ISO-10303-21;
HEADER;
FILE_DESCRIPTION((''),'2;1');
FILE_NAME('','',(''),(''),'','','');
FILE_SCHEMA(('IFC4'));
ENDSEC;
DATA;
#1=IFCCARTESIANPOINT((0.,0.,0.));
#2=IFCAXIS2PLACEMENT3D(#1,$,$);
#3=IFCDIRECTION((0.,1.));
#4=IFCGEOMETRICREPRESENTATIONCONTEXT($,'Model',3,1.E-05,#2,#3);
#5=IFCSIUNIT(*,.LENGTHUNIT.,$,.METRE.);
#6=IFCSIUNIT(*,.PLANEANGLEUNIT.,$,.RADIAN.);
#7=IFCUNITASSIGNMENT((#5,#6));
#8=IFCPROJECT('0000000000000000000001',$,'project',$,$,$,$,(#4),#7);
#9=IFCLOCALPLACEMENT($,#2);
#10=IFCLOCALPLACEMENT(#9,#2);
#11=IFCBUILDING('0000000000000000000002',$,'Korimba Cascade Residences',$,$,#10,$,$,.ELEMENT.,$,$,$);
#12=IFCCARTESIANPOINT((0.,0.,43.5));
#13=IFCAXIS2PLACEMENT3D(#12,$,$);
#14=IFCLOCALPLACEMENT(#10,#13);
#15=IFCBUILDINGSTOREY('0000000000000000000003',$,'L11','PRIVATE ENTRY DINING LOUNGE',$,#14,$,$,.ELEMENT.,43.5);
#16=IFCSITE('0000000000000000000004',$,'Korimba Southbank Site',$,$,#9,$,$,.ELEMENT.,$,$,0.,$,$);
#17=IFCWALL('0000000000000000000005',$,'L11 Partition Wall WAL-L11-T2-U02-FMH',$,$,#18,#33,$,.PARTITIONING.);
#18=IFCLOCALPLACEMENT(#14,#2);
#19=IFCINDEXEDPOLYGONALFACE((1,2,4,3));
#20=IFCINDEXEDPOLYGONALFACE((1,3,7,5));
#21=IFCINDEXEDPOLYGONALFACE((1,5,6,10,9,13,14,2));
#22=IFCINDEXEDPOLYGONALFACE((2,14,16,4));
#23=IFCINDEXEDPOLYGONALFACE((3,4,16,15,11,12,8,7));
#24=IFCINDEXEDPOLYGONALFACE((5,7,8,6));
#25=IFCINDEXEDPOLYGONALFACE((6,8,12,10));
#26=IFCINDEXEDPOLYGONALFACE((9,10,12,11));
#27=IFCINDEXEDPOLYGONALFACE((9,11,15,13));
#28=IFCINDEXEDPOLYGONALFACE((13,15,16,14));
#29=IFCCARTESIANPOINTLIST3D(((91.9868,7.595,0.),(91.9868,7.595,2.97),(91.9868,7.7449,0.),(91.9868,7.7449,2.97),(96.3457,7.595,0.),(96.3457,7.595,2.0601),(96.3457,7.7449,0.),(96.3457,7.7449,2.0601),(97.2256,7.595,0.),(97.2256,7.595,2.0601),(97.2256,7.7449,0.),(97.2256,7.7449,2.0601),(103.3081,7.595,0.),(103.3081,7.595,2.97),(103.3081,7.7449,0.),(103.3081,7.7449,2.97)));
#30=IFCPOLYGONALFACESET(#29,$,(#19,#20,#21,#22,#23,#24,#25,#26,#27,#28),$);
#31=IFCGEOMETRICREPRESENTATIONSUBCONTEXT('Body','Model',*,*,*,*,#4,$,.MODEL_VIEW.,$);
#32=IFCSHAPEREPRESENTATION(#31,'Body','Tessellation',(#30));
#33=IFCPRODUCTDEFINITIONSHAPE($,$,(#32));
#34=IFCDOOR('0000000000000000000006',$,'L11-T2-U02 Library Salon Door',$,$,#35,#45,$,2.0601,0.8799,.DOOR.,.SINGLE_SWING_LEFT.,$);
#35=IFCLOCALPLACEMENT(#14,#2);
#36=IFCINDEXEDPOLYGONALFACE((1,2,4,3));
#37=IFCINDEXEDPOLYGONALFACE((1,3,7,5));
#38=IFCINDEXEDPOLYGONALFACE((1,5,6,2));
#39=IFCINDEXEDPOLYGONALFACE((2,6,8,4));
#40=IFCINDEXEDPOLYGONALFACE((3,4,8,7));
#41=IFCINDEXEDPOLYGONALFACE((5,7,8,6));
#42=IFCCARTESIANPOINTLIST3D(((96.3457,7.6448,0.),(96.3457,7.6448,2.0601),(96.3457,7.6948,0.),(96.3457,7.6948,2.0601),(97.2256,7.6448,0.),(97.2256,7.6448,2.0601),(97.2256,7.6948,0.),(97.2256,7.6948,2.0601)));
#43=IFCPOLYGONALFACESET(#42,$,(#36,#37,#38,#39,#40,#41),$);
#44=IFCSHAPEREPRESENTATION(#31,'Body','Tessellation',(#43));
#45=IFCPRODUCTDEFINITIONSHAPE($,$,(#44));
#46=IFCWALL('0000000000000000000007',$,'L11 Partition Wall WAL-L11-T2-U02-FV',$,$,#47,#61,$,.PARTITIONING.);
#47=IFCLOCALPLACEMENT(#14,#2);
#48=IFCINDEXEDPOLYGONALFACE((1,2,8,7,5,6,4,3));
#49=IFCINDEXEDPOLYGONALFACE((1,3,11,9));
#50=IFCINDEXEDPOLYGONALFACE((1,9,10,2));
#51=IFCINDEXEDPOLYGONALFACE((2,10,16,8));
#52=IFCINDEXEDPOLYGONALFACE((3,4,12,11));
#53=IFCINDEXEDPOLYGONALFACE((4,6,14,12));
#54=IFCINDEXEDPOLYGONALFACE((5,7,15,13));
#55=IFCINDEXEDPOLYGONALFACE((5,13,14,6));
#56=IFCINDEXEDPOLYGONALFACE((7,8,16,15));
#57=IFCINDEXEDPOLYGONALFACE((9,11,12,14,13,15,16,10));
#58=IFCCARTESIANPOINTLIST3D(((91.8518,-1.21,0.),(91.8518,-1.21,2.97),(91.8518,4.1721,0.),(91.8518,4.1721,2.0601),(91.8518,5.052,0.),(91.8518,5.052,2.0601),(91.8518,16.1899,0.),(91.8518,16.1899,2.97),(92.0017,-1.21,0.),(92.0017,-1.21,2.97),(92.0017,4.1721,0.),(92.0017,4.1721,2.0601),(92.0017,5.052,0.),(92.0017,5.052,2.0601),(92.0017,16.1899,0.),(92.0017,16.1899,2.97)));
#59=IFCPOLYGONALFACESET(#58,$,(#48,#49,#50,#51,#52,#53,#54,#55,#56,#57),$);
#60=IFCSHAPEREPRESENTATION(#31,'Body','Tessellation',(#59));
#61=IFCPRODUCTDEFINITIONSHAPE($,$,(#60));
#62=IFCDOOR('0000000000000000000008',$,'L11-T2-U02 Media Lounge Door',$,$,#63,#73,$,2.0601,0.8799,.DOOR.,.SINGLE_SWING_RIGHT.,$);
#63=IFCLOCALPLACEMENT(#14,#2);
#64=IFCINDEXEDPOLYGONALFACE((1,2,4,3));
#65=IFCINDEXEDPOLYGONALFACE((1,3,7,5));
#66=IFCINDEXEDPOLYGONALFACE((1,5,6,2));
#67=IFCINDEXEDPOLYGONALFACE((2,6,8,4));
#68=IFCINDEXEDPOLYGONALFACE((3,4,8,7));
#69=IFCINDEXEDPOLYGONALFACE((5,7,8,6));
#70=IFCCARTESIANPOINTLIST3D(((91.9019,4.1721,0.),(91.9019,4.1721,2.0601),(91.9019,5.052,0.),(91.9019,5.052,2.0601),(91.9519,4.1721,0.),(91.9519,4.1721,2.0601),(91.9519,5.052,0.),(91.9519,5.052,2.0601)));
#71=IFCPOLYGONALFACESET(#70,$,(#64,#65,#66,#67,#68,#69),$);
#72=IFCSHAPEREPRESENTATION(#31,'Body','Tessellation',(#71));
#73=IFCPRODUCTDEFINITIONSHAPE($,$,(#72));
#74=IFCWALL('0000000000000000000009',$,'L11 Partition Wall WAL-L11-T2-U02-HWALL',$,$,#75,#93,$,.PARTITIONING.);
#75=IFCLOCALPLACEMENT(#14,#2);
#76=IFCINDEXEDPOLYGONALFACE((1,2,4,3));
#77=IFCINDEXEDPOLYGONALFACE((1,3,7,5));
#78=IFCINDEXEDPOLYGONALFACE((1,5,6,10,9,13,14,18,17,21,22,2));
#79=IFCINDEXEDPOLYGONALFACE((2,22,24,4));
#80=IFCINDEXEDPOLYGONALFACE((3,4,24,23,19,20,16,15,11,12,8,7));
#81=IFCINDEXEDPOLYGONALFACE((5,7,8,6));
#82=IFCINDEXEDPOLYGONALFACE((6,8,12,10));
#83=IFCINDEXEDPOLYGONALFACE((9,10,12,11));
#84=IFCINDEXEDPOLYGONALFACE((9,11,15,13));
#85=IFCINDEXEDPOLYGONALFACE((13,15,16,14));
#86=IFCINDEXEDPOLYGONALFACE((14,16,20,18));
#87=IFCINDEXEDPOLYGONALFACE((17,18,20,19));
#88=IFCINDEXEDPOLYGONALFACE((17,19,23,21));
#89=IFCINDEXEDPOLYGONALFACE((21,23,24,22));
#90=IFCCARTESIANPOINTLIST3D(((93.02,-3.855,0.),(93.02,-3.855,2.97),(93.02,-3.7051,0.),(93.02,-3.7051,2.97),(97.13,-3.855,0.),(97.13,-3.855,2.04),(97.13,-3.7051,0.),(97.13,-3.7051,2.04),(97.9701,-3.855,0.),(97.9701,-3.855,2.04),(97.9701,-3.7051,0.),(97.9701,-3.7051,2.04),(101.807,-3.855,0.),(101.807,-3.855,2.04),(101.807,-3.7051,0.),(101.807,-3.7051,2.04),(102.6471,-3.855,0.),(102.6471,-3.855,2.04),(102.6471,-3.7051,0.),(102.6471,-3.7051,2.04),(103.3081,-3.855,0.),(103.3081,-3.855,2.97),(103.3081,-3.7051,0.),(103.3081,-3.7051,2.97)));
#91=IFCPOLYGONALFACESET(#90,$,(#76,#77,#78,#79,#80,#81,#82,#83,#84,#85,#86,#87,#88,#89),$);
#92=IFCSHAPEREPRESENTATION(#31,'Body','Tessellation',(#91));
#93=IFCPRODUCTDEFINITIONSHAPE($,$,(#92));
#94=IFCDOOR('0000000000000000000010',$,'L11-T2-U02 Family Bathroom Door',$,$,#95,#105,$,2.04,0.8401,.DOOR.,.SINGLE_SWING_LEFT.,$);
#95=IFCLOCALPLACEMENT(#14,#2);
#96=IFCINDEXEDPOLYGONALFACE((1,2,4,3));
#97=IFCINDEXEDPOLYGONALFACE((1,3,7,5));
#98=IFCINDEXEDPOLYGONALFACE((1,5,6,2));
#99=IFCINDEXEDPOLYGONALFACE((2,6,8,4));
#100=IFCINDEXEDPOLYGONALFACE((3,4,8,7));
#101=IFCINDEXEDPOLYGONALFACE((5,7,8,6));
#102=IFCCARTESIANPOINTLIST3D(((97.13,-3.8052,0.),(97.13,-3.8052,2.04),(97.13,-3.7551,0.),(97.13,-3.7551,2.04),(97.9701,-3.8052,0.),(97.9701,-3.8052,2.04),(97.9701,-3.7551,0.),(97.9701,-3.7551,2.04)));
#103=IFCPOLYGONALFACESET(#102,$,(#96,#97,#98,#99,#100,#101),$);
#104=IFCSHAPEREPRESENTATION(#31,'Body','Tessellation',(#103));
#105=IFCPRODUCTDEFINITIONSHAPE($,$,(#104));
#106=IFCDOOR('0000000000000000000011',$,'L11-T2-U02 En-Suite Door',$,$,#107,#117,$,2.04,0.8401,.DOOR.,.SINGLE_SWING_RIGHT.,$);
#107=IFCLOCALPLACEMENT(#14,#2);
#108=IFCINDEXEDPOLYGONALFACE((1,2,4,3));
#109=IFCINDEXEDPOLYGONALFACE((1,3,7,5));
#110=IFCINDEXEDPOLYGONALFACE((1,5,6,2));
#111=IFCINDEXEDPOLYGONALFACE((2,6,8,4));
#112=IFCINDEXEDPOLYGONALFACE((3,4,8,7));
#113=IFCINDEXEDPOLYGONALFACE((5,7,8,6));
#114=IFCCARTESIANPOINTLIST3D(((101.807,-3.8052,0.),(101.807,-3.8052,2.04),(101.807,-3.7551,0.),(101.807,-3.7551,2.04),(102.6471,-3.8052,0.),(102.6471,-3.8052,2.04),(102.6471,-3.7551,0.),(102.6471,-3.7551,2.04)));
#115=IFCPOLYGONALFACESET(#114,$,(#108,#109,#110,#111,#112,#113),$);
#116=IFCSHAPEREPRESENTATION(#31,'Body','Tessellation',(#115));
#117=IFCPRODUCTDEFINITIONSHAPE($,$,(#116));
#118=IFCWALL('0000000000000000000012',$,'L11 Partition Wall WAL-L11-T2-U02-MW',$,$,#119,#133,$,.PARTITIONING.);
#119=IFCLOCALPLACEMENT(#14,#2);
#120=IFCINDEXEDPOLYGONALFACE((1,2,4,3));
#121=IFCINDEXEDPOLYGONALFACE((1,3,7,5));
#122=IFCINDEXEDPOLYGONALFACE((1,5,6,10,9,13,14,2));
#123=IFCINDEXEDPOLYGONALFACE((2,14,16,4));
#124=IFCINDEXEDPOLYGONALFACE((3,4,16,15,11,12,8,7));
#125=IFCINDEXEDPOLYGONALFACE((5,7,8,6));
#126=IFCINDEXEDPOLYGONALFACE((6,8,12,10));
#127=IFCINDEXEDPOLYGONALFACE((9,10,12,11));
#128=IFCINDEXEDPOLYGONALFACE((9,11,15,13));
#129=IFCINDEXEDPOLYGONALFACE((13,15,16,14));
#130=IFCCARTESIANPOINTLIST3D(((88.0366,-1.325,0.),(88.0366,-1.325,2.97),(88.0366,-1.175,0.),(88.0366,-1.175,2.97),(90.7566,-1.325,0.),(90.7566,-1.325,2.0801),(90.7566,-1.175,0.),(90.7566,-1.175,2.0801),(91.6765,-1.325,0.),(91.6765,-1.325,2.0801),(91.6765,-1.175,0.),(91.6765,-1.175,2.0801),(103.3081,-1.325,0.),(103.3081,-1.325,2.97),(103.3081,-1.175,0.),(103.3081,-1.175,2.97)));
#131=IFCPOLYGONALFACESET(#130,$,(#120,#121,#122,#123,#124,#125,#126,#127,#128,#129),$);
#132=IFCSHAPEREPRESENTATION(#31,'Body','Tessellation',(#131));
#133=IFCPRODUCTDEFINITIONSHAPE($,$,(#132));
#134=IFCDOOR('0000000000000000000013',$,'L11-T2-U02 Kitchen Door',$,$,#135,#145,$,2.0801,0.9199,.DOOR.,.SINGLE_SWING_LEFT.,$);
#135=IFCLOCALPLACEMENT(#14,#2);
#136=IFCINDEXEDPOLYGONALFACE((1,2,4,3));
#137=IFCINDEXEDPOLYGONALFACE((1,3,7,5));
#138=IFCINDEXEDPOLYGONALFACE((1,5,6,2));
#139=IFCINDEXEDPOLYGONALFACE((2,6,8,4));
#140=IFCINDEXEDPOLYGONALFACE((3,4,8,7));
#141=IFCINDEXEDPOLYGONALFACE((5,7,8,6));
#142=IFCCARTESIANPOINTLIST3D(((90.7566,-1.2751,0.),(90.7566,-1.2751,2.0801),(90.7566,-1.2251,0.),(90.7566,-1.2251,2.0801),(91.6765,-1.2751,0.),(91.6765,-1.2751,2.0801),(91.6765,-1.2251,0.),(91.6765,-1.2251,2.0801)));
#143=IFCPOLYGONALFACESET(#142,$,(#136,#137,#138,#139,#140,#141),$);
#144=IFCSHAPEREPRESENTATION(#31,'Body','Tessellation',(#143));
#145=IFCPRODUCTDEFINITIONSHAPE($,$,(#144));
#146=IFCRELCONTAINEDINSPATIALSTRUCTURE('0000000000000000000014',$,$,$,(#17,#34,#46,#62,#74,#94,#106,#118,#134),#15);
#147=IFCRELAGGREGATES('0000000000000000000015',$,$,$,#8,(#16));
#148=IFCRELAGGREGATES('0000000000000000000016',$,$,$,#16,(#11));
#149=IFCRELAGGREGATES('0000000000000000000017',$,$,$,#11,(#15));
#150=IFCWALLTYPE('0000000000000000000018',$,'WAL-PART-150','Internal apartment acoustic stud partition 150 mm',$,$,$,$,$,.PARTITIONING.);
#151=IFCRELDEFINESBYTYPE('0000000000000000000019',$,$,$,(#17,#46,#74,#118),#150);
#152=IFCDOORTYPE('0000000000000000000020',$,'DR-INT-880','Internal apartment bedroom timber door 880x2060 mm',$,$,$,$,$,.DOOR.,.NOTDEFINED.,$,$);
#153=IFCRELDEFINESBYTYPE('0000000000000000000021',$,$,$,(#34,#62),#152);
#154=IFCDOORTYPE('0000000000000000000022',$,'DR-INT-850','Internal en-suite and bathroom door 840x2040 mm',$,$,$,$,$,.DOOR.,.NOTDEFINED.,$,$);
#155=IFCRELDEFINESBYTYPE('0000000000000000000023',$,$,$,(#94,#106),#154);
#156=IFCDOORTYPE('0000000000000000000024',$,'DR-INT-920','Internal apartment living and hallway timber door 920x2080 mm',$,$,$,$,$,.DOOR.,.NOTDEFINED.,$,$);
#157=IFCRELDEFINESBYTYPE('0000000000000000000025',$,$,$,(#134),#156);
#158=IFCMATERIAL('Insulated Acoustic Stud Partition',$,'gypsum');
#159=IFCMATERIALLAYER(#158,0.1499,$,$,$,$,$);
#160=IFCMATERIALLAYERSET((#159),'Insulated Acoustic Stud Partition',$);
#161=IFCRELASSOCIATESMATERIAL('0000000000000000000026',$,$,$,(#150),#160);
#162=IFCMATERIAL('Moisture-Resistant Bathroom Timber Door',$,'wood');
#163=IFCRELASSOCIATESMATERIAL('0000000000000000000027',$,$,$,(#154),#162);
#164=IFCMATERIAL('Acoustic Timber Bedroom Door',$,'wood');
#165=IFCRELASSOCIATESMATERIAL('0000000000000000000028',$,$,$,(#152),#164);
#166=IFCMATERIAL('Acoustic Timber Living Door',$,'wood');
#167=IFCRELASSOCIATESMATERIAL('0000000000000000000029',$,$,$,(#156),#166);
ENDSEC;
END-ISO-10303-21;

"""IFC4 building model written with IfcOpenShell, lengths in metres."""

from ifc_helpers import new_model, si_unit, direction, frame, frame_2d, origin, place, context, subcontext, project, spatial, rectangle, extrude, material, layer, layer_set, type_object, element, fill, save


model = new_model("IFC4")

# Units and contexts
model_context = context("Model", 3, precision=1e-05, world=origin(), true_north=direction((0.0, 1.0)))
body_context = subcontext(model_context, "Body", "Model", "MODEL_VIEW")
ifc_project = project(units=[si_unit("LENGTHUNIT", "METRE"), si_unit("PLANEANGLEUNIT", "RADIAN")], contexts=[model_context])

# Site, building, storey
site_placement = place(None, origin())
site = spatial("IfcSite", under=ifc_project, at=site_placement, Name="Korimba Southbank Site", CompositionType="ELEMENT", RefElevation=0.0)
building_placement = place(site_placement, origin())
building = spatial("IfcBuilding", under=site, at=building_placement, Name="Korimba Cascade Residences", CompositionType="ELEMENT")
storey_placement = place(building_placement, frame((0.0, 0.0, 43.5)))
storey = spatial("IfcBuildingStorey", under=building, at=storey_placement, Name="L11", Description="PRIVATE ENTRY DINING LOUNGE", CompositionType="ELEMENT", Elevation=43.5)

# Shared definitions
ifc_material_1 = material(Name="Insulated Acoustic Stud Partition", Category="gypsum")
ifc_layer = layer(ifc_material_1, 0.1499)
ifc_layer_set = layer_set([ifc_layer], Name="Insulated Acoustic Stud Partition")
wall_type = type_object("IfcWallType", Name="WAL-PART-150", Description="Internal apartment acoustic stud partition 150 mm", PredefinedType="PARTITIONING", material=ifc_layer_set)
ifc_material_2 = material(Name="Moisture-Resistant Bathroom Timber Door", Category="wood")
door_type_1 = type_object("IfcDoorType", Name="DR-INT-850", Description="Internal en-suite and bathroom door 840x2040 mm", OperationType="NOTDEFINED", PredefinedType="DOOR", material=ifc_material_2)
ifc_material_3 = material(Name="Acoustic Timber Bedroom Door", Category="wood")
door_type_2 = type_object("IfcDoorType", Name="DR-INT-880", Description="Internal apartment bedroom timber door 880x2060 mm", OperationType="NOTDEFINED", PredefinedType="DOOR", material=ifc_material_3)

# Walls, openings, doors
wall_1_placement = place(storey_placement, frame((91.9868, 7.6699, 0.0), z_axis=(0.0, 0.0, 1.0), x_axis=(1.0, 0.0, 0.0)))
wall_1 = element("IfcWall", 1, at=wall_1_placement, inside=storey, type_object=wall_type, Name="L11 Partition Wall WAL-L11-T2-U02-FMH", PredefinedType="PARTITIONING", context=body_context, shape_type="SweptSolid", body=[
    extrude(rectangle(XDim=11.3213, YDim=0.1499, at=frame_2d((5.6606, 0.0))), origin(), (0.0, 0.0, 1.0), 2.97),
])
opening_1_placement = place(wall_1_placement, frame((4.3589, 0.0, 0.0)))
opening_1 = element("IfcOpeningElement", 2, at=opening_1_placement, cuts=wall_1, PredefinedType="OPENING", context=body_context, shape_type="SweptSolid", body=[
    extrude(rectangle(XDim=0.8799, YDim=2.0601, at=frame_2d((0.4399, 1.03))), frame((0.0, 0.085, 0.0), z_axis=(0.0, -1.0, 0.0), x_axis=(1.0, 0.0, 0.0)), (0.0, 0.0, 1.0), 0.1699),
])
door_1_placement = place(opening_1_placement, origin())
door_1 = element("IfcDoor", 3, at=door_1_placement, inside=storey, type_object=door_type_2, Name="L11-T2-U02 Library Salon Door", OperationType="SINGLE_SWING_LEFT", OverallHeight=2.0601, OverallWidth=0.8799, PredefinedType="DOOR", context=body_context, shape_type="SweptSolid", body=[
    extrude(rectangle(XDim=0.8799, YDim=2.0601, at=frame_2d((0.4399, 1.03))), frame((0.0, 0.0249, 0.0), z_axis=(0.0, -1.0, 0.0), x_axis=(1.0, 0.0, 0.0)), (0.0, 0.0, 1.0), 0.05),
])
fill(opening_1, door_1)
wall_2_placement = place(storey_placement, frame((91.9268, -1.21, 0.0), z_axis=(0.0, 0.0, 1.0), x_axis=(0.0, 1.0, 0.0)))
wall_2 = element("IfcWall", 4, at=wall_2_placement, inside=storey, type_object=wall_type, Name="L11 Partition Wall WAL-L11-T2-U02-FV", PredefinedType="PARTITIONING", context=body_context, shape_type="SweptSolid", body=[
    extrude(rectangle(XDim=17.3999, YDim=0.1499, at=frame_2d((8.7, 0.0))), origin(), (0.0, 0.0, 1.0), 2.97),
])
opening_2_placement = place(wall_2_placement, frame((5.3821, 0.0, 0.0)))
opening_2 = element("IfcOpeningElement", 5, at=opening_2_placement, cuts=wall_2, PredefinedType="OPENING", context=body_context, shape_type="SweptSolid", body=[
    extrude(rectangle(XDim=0.8799, YDim=2.0601, at=frame_2d((0.4399, 1.03))), frame((0.0, 0.085, 0.0), z_axis=(0.0, -1.0, 0.0), x_axis=(1.0, 0.0, 0.0)), (0.0, 0.0, 1.0), 0.1699),
])
door_2_placement = place(opening_2_placement, origin())
door_2 = element("IfcDoor", 6, at=door_2_placement, inside=storey, type_object=door_type_2, Name="L11-T2-U02 Media Lounge Door", OperationType="SINGLE_SWING_RIGHT", OverallHeight=2.0601, OverallWidth=0.8799, PredefinedType="DOOR", context=body_context, shape_type="SweptSolid", body=[
    extrude(rectangle(XDim=0.8799, YDim=2.0601, at=frame_2d((0.4399, 1.03))), frame((0.0, 0.0249, 0.0), z_axis=(0.0, -1.0, 0.0), x_axis=(1.0, 0.0, 0.0)), (0.0, 0.0, 1.0), 0.05),
])
fill(opening_2, door_2)

# Wall, openings, doors
wall_3_placement = place(storey_placement, frame((93.02, -3.78, 0.0), z_axis=(0.0, 0.0, 1.0), x_axis=(1.0, 0.0, 0.0)))
wall_3 = element("IfcWall", 7, at=wall_3_placement, inside=storey, type_object=wall_type, Name="L11 Partition Wall WAL-L11-T2-U02-HWALL", PredefinedType="PARTITIONING", context=body_context, shape_type="SweptSolid", body=[
    extrude(rectangle(XDim=10.2881, YDim=0.1499, at=frame_2d((5.144, 0.0))), origin(), (0.0, 0.0, 1.0), 2.97),
])
opening_3_placement = place(wall_3_placement, frame((4.1101, 0.0, 0.0)))
opening_3 = element("IfcOpeningElement", 8, at=opening_3_placement, cuts=wall_3, PredefinedType="OPENING", context=body_context, shape_type="SweptSolid", body=[
    extrude(rectangle(XDim=0.8401, YDim=2.04, at=frame_2d((0.4199, 1.02))), frame((0.0, 0.085, 0.0), z_axis=(0.0, -1.0, 0.0), x_axis=(1.0, 0.0, 0.0)), (0.0, 0.0, 1.0), 0.1699),
])
opening_4_placement = place(wall_3_placement, frame((8.7871, 0.0, 0.0)))
opening_4 = element("IfcOpeningElement", 9, at=opening_4_placement, cuts=wall_3, PredefinedType="OPENING", context=body_context, shape_type="SweptSolid", body=[
    extrude(rectangle(XDim=0.8401, YDim=2.04, at=frame_2d((0.4199, 1.02))), frame((0.0, 0.085, 0.0), z_axis=(0.0, -1.0, 0.0), x_axis=(1.0, 0.0, 0.0)), (0.0, 0.0, 1.0), 0.1699),
])
door_3_placement = place(opening_3_placement, origin())
door_3 = element("IfcDoor", 10, at=door_3_placement, inside=storey, type_object=door_type_1, Name="L11-T2-U02 Family Bathroom Door", OperationType="SINGLE_SWING_LEFT", OverallHeight=2.04, OverallWidth=0.8401, PredefinedType="DOOR", context=body_context, shape_type="SweptSolid", body=[
    extrude(rectangle(XDim=0.8401, YDim=2.04, at=frame_2d((0.4199, 1.02))), frame((0.0, 0.0249, 0.0), z_axis=(0.0, -1.0, 0.0), x_axis=(1.0, 0.0, 0.0)), (0.0, 0.0, 1.0), 0.05),
])
fill(opening_3, door_3)
door_4_placement = place(opening_4_placement, origin())
door_4 = element("IfcDoor", 11, at=door_4_placement, inside=storey, type_object=door_type_1, Name="L11-T2-U02 En-Suite Door", OperationType="SINGLE_SWING_RIGHT", OverallHeight=2.04, OverallWidth=0.8401, PredefinedType="DOOR", context=body_context, shape_type="SweptSolid", body=[
    extrude(rectangle(XDim=0.8401, YDim=2.04, at=frame_2d((0.4199, 1.02))), frame((0.0, 0.0249, 0.0), z_axis=(0.0, -1.0, 0.0), x_axis=(1.0, 0.0, 0.0)), (0.0, 0.0, 1.0), 0.05),
])
fill(opening_4, door_4)

# Wall, opening, door
wall_4_placement = place(storey_placement, frame((88.0366, -1.25, 0.0), z_axis=(0.0, 0.0, 1.0), x_axis=(1.0, 0.0, 0.0)))
wall_4 = element("IfcWall", 12, at=wall_4_placement, inside=storey, type_object=wall_type, Name="L11 Partition Wall WAL-L11-T2-U02-MW", PredefinedType="PARTITIONING", context=body_context, shape_type="SweptSolid", body=[
    extrude(rectangle(XDim=15.2715, YDim=0.1499, at=frame_2d((7.6357, 0.0))), origin(), (0.0, 0.0, 1.0), 2.97),
])
opening_5_placement = place(wall_4_placement, frame((2.72, 0.0, 0.0)))
opening_5 = element("IfcOpeningElement", 13, at=opening_5_placement, cuts=wall_4, PredefinedType="OPENING", context=body_context, shape_type="SweptSolid", body=[
    extrude(rectangle(XDim=0.9199, YDim=2.0801, at=frame_2d((0.46, 1.04))), frame((0.0, 0.085, 0.0), z_axis=(0.0, -1.0, 0.0), x_axis=(1.0, 0.0, 0.0)), (0.0, 0.0, 1.0), 0.1699),
])
ifc_material_4 = material(Name="Acoustic Timber Living Door", Category="wood")
door_type_3 = type_object("IfcDoorType", Name="DR-INT-920", Description="Internal apartment living and hallway timber door 920x2080 mm", OperationType="NOTDEFINED", PredefinedType="DOOR", material=ifc_material_4)
door_5_placement = place(opening_5_placement, origin())
door_5 = element("IfcDoor", 14, at=door_5_placement, inside=storey, type_object=door_type_3, Name="L11-T2-U02 Kitchen Door", OperationType="SINGLE_SWING_LEFT", OverallHeight=2.0801, OverallWidth=0.9199, PredefinedType="DOOR", context=body_context, shape_type="SweptSolid", body=[
    extrude(rectangle(XDim=0.9199, YDim=2.0801, at=frame_2d((0.46, 1.04))), frame((0.0, 0.0249, 0.0), z_axis=(0.0, -1.0, 0.0), x_axis=(1.0, 0.0, 0.0)), (0.0, 0.0, 1.0), 0.05),
])
fill(opening_5, door_5)

save(model, "model.ifc")
